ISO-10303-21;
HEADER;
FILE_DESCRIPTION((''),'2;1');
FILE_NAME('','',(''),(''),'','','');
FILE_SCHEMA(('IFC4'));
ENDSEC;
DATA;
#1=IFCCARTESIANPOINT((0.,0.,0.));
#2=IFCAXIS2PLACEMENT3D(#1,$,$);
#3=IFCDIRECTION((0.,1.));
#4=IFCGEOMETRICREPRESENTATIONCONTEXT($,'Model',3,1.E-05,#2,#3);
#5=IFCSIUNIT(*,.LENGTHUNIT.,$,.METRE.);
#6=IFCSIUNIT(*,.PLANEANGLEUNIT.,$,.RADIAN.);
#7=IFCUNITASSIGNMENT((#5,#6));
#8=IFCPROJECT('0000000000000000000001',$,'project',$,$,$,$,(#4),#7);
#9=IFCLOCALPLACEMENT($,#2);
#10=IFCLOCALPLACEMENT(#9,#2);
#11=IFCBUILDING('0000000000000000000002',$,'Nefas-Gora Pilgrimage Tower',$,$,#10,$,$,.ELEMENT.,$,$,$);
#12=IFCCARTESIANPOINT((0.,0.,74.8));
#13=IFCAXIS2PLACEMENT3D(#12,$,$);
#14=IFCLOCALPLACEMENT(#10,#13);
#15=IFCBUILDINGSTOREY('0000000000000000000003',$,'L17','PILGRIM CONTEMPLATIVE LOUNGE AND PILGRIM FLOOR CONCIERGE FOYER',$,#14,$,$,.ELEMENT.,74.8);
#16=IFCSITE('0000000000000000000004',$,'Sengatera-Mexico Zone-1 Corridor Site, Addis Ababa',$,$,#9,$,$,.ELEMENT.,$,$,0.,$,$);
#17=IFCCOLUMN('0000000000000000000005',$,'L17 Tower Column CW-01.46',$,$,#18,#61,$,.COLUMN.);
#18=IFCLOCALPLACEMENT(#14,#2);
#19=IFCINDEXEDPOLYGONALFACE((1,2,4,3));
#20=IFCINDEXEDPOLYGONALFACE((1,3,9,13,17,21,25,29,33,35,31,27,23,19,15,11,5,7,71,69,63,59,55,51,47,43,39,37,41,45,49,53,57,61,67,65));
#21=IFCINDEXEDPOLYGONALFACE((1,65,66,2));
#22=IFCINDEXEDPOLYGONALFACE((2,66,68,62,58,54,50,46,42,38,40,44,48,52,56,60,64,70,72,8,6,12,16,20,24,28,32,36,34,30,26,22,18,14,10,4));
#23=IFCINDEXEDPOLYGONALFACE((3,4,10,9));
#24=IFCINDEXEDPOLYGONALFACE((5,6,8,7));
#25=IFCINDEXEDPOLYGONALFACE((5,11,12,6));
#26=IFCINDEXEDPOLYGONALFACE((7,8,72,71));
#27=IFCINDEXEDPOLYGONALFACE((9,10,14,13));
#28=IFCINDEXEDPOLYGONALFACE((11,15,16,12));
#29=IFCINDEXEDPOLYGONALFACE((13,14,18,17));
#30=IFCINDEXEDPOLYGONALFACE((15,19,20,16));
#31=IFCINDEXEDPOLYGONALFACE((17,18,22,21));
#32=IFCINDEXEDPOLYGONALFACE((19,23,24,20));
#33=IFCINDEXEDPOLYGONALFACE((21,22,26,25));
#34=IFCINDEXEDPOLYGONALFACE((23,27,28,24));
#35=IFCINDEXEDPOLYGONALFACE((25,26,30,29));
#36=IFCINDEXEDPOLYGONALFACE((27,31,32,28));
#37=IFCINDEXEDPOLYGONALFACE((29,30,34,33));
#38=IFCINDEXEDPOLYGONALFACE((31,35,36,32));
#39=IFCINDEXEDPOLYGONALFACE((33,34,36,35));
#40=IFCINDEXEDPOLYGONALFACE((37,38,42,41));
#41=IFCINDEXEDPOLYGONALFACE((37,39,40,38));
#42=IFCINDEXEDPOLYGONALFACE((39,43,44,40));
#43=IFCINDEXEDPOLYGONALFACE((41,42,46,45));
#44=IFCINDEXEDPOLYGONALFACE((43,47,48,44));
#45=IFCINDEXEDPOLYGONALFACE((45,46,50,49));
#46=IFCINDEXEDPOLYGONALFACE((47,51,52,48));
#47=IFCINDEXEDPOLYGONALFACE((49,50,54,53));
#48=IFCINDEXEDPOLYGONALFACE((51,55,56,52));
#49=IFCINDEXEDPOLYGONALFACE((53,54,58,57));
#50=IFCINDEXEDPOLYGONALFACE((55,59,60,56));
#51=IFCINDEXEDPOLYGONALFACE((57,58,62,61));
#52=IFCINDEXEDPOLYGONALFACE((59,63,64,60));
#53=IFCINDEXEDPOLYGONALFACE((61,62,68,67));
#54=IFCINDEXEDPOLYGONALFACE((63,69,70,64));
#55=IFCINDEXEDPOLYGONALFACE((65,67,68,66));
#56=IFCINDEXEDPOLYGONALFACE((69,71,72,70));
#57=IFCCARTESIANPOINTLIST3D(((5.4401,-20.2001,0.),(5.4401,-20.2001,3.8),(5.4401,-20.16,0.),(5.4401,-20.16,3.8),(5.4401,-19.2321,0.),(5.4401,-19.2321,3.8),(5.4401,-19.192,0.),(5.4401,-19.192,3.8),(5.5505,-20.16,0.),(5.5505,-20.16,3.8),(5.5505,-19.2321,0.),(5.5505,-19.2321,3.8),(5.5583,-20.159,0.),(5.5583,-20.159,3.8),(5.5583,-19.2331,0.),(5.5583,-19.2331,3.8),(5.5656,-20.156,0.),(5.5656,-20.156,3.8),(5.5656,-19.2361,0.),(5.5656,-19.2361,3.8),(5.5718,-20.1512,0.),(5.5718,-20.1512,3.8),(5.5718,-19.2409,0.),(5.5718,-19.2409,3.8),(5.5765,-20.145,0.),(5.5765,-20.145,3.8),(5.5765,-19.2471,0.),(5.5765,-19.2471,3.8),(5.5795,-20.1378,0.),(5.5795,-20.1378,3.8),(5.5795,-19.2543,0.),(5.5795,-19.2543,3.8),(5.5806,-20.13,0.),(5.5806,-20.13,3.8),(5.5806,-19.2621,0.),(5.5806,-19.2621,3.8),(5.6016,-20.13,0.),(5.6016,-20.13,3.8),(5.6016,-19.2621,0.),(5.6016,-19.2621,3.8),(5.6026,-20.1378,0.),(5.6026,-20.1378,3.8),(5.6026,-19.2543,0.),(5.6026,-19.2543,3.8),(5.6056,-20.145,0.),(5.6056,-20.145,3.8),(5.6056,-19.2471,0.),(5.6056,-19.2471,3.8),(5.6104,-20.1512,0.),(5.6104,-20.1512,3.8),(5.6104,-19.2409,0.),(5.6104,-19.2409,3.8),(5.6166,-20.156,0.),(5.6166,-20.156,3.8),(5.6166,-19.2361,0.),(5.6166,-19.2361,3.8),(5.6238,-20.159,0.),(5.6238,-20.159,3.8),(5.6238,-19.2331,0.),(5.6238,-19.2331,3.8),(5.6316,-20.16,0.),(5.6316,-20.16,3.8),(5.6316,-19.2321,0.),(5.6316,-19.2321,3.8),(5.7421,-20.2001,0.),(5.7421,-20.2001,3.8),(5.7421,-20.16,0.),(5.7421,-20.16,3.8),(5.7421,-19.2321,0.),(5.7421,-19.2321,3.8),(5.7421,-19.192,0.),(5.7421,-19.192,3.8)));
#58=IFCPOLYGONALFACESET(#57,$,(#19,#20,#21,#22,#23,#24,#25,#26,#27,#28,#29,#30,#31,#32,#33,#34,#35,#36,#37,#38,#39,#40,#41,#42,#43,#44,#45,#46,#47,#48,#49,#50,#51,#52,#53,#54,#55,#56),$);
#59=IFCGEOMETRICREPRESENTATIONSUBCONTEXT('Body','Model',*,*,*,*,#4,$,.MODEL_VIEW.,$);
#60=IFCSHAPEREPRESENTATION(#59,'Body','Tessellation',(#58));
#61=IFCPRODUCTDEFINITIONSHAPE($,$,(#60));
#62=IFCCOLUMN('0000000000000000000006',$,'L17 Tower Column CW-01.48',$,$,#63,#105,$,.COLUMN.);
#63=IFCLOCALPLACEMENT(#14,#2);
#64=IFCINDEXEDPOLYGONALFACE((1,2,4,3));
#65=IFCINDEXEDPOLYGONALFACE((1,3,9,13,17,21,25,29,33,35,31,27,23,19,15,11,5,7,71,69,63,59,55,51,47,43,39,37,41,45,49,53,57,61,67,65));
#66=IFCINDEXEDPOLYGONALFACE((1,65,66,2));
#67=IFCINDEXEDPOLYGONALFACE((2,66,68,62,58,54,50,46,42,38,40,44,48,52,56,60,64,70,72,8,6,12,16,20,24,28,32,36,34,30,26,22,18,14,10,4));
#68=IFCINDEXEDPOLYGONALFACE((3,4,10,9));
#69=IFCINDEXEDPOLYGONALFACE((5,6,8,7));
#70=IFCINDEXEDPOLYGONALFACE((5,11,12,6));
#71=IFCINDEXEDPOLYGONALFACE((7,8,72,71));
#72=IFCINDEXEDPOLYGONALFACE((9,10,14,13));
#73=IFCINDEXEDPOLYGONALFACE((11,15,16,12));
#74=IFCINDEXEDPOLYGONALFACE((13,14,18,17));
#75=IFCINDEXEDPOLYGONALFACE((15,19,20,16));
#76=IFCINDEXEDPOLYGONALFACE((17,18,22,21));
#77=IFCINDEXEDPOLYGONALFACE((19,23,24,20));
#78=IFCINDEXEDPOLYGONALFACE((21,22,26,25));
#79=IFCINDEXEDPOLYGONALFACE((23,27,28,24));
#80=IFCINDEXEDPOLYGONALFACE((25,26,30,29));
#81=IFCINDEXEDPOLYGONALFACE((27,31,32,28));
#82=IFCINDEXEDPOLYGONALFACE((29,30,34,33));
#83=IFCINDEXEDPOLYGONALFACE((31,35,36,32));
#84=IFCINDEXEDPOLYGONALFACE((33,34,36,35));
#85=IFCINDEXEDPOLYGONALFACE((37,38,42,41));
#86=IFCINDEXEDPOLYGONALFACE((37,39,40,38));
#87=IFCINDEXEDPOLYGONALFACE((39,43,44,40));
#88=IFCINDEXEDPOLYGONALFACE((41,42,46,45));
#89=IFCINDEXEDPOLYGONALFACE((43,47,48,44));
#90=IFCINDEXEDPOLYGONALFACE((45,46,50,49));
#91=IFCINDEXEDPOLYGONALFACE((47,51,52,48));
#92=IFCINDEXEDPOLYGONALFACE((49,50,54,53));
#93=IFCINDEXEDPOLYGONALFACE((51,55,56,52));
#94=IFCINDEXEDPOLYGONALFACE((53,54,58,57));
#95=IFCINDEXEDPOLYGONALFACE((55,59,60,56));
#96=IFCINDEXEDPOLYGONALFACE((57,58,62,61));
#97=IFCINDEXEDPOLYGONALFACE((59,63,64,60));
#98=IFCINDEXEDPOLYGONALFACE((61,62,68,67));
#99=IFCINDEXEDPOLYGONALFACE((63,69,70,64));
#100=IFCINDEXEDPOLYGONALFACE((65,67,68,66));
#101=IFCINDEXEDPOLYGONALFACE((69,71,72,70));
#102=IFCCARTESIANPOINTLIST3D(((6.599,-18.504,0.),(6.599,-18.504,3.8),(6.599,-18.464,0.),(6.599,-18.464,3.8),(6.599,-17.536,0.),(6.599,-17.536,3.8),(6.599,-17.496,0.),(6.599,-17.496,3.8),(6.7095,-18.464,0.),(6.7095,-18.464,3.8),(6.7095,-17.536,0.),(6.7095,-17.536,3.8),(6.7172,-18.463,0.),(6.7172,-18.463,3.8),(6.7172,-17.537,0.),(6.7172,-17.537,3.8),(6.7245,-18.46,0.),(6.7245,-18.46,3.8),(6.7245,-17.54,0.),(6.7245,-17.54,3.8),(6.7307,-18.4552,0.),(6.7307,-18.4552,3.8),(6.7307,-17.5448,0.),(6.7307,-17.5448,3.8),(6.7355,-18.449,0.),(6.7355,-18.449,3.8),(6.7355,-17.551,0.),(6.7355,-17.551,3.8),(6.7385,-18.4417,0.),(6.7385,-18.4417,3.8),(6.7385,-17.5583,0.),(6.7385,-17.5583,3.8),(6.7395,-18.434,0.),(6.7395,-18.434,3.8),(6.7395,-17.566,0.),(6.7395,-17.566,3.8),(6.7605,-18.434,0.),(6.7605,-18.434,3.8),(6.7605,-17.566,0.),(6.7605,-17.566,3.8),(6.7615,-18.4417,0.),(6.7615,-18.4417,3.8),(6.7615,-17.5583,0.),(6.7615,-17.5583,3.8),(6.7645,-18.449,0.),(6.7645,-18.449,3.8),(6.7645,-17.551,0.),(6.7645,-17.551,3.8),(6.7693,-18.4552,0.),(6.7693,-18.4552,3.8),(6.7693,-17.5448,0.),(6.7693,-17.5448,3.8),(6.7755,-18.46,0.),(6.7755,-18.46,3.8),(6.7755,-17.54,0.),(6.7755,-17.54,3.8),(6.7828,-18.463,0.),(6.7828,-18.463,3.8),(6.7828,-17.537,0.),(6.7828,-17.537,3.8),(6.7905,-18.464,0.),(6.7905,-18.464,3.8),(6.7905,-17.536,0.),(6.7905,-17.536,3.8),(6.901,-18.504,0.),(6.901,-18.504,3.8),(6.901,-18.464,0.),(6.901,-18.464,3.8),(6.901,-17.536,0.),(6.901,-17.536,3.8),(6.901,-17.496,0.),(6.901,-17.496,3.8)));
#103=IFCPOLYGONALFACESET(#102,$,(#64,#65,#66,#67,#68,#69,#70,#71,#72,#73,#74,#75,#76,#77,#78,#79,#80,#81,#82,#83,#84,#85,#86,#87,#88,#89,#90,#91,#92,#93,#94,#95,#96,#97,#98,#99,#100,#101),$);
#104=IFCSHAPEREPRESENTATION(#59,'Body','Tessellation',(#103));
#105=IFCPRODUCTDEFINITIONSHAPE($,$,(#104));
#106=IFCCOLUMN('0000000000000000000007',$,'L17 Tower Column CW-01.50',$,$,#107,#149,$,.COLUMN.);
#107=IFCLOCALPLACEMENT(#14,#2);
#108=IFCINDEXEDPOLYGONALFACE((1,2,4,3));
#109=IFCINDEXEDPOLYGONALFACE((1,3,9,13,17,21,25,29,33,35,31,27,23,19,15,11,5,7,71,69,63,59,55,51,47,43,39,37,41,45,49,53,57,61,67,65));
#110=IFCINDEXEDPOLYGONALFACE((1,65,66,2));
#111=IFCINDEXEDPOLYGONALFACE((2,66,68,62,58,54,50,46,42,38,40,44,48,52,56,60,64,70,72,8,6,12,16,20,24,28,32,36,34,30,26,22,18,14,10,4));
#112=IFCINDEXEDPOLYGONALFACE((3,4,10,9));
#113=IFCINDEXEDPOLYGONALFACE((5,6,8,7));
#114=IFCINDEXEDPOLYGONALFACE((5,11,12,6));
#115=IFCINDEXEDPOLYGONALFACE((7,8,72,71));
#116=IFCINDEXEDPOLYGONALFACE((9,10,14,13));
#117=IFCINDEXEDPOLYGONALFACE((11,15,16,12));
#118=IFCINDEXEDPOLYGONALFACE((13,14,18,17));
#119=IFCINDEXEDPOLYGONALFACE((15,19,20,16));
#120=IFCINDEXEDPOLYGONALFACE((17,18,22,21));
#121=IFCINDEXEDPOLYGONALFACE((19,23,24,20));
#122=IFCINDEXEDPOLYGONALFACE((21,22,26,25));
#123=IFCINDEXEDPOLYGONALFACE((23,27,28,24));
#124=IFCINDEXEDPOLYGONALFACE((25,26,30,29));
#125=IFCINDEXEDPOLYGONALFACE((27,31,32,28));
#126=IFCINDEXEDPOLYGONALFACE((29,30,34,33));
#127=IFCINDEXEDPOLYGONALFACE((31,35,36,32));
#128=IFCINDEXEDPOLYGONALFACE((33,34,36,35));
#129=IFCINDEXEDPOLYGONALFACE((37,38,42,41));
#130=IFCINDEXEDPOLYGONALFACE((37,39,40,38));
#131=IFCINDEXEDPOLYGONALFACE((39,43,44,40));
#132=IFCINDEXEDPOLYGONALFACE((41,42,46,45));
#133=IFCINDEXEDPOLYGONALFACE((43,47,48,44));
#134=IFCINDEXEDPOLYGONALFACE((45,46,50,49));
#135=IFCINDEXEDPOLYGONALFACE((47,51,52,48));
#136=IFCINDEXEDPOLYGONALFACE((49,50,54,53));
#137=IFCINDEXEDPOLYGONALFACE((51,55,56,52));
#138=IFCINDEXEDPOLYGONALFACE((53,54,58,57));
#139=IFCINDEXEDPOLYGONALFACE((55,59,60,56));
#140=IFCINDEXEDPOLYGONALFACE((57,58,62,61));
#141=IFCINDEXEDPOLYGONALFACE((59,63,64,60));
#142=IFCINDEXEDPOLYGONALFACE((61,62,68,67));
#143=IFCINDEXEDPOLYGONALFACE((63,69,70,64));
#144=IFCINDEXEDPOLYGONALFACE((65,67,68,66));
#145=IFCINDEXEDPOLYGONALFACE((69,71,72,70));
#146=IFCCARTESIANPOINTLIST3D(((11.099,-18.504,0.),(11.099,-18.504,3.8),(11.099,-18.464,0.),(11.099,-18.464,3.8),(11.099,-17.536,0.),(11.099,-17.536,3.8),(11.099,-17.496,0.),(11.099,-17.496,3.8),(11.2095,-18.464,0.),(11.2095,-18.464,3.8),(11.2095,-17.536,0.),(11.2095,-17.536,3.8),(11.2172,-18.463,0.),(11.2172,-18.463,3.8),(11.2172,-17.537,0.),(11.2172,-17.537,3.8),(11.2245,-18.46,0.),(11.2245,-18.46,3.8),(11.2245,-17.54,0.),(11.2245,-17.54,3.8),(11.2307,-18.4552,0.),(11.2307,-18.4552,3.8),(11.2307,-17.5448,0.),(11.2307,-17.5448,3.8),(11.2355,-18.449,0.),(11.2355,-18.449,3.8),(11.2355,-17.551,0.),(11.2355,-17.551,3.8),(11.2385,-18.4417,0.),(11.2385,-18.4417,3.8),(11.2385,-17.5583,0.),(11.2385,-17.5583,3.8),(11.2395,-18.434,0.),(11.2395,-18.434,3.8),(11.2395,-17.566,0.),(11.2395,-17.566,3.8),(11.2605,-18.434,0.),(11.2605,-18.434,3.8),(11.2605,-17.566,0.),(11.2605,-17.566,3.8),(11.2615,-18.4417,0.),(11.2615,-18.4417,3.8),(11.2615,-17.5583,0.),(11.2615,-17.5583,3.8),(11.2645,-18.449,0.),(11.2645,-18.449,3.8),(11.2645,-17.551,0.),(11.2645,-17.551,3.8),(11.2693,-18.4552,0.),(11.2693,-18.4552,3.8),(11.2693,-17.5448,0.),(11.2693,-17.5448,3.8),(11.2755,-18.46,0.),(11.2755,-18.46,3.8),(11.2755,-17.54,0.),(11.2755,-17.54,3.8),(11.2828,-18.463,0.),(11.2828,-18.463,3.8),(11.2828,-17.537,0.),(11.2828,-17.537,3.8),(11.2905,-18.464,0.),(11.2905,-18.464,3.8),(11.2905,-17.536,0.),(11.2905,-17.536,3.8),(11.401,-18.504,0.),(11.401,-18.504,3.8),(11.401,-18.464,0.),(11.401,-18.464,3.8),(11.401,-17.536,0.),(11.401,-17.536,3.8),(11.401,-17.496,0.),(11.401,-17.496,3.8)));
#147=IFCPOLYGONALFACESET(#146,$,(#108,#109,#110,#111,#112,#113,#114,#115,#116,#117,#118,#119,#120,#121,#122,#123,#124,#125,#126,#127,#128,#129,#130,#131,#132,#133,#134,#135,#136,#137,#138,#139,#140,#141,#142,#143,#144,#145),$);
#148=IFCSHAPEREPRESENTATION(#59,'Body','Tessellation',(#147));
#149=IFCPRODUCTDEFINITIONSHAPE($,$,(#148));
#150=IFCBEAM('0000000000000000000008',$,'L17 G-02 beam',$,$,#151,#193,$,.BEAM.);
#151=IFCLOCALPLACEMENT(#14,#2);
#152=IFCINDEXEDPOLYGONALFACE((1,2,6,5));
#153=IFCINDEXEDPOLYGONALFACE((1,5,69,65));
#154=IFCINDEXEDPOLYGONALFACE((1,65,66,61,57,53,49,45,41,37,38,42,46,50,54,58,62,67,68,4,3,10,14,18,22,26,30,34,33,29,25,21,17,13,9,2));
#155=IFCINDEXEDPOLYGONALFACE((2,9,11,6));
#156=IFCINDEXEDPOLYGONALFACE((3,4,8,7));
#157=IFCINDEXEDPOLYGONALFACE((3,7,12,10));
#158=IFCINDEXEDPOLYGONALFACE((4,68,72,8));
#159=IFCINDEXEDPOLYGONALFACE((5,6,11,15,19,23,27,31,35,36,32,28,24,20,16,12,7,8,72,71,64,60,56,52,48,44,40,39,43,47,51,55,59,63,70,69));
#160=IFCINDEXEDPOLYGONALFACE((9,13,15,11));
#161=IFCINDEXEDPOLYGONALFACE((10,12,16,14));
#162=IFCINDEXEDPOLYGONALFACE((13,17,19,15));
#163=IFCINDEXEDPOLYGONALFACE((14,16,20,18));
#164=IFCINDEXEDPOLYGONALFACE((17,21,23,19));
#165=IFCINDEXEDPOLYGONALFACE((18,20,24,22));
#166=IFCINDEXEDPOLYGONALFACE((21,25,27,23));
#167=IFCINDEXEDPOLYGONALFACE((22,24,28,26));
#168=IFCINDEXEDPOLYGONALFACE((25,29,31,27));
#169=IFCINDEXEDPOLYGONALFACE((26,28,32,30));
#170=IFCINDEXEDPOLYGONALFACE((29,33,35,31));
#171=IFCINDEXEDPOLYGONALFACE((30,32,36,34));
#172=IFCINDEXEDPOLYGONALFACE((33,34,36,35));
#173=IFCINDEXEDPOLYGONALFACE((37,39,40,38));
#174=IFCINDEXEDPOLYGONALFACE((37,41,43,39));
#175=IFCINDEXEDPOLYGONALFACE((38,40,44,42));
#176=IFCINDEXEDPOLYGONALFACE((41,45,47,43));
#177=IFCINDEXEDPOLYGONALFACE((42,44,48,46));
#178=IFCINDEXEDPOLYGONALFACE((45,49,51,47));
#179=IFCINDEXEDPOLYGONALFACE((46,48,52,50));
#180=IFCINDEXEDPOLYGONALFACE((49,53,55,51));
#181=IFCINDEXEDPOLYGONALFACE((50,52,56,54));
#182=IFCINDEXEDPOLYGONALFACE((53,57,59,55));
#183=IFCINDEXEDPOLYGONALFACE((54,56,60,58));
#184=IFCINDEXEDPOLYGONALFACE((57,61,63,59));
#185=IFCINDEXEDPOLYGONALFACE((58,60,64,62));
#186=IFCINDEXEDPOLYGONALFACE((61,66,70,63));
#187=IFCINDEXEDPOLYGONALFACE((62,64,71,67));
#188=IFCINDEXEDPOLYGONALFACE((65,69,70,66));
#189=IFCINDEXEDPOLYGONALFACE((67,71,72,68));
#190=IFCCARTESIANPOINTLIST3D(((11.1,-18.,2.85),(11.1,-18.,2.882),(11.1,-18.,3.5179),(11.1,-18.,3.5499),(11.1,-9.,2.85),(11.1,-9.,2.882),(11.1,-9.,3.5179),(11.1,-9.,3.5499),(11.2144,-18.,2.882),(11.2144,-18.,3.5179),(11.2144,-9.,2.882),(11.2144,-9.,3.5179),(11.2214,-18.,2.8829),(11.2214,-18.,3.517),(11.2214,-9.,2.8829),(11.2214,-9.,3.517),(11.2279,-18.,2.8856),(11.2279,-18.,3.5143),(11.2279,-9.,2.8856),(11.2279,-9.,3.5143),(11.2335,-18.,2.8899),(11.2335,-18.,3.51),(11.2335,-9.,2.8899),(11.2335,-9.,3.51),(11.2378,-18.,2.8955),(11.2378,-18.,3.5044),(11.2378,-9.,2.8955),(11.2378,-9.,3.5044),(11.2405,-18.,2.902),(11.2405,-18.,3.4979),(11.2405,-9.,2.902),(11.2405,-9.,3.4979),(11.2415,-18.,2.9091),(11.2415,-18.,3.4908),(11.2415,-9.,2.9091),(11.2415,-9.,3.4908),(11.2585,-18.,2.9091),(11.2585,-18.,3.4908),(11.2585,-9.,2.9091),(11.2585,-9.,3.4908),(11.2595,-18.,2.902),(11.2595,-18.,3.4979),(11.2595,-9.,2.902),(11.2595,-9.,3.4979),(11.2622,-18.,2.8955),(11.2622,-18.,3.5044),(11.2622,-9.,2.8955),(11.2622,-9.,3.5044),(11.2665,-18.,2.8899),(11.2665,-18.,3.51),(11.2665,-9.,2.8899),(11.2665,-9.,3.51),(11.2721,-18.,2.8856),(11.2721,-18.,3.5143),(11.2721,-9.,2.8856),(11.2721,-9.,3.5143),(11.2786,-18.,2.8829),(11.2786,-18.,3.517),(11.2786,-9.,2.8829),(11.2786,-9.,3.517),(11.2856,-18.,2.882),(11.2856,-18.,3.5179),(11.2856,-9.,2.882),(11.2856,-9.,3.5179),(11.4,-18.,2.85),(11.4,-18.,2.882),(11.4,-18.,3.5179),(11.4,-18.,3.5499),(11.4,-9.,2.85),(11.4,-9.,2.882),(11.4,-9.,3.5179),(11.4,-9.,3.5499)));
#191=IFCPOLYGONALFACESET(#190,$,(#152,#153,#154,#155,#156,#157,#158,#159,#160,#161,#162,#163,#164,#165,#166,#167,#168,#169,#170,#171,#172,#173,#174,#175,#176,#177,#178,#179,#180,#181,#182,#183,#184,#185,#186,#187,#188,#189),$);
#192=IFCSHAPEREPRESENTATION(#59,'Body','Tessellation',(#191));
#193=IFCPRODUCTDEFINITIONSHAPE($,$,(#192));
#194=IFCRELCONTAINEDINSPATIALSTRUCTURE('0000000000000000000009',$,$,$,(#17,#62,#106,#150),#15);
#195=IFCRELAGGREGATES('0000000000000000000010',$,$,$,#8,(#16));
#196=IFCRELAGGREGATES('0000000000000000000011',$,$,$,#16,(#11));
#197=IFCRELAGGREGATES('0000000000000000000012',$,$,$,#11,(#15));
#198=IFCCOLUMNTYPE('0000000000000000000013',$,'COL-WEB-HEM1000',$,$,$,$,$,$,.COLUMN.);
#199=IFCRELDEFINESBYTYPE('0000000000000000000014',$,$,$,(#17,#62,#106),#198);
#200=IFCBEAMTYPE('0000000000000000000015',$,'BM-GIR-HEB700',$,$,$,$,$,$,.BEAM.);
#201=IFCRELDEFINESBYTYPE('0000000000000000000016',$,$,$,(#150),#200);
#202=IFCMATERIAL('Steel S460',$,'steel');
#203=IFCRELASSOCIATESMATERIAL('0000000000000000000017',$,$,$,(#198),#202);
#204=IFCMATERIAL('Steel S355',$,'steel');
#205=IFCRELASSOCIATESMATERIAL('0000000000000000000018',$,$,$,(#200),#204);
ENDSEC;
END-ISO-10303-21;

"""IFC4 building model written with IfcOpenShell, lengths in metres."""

from ifc_helpers import new_model, si_unit, direction, frame, origin, origin_2d, place, context, subcontext, project, spatial, i_section, extrude, source, transform, mapped, material, material_profile, profile_set, type_object, element, save


model = new_model("IFC4")

# Units and contexts
model_context = context("Model", 3, precision=1e-05, world=origin(), true_north=direction((0.0, 1.0)))
body_context = subcontext(model_context, "Body", "Model", "MODEL_VIEW")
ifc_project = project(units=[si_unit("LENGTHUNIT", "METRE"), si_unit("PLANEANGLEUNIT", "RADIAN")], contexts=[model_context])

# Site, building, storey
site_placement = place(None, origin())
site = spatial("IfcSite", under=ifc_project, at=site_placement, Name="Sengatera-Mexico Zone-1 Corridor Site, Addis Ababa", CompositionType="ELEMENT", RefElevation=0.0)
building_placement = place(site_placement, origin())
building = spatial("IfcBuilding", under=site, at=building_placement, Name="Nefas-Gora Pilgrimage Tower", CompositionType="ELEMENT")
storey_placement = place(building_placement, frame((0.0, 0.0, 74.8)))
storey = spatial("IfcBuildingStorey", under=building, at=storey_placement, Name="L17", Description="PILGRIM CONTEMPLATIVE LOUNGE AND PILGRIM FLOOR CONCIERGE FOYER", CompositionType="ELEMENT", Elevation=74.8)

# Columns
ifc_material_1 = material(Name="Steel S460", Category="steel")
ifc_material_profile_1 = material_profile(ifc_material_1, i_section(OverallWidth=0.302, OverallDepth=1.0081, WebThickness=0.021, FlangeThickness=0.04, FilletRadius=0.03, at=origin_2d()), Name="HEM 1000")
ifc_profile_set_1 = profile_set([ifc_material_profile_1], Name="Steel S460")
column_type_1 = type_object("IfcColumnType", Name="COL-WEB-HEM1000", PredefinedType="COLUMN", material=ifc_profile_set_1)
shared_shape_1 = source(origin(), body_context, "Body", "SweptSolid", [
    extrude(i_section(OverallWidth=0.302, OverallDepth=1.0081, WebThickness=0.021, FlangeThickness=0.04, FilletRadius=0.03, at=origin_2d()), origin(), (0.0, 0.0, 1.0), 3.8),
])
for number, where, z_axis, x_axis, name in (
    (1, (5.5911, -19.696, 0.0), (0.0, 0.0, 1.0), (1.0, 0.0, 0.0), "L17 Tower Column CW-01.46"),
    (2, (6.75, -18.0, 0.0), (0.0, 0.0, 1.0), (1.0, 0.0, 0.0), "L17 Tower Column CW-01.48"),
    (3, (11.25, -18.0, 0.0), (0.0, 0.0, 1.0), (1.0, 0.0, 0.0), "L17 Tower Column CW-01.50"),
):
    element("IfcColumn", number, at=place(storey_placement, frame(where, z_axis=z_axis, x_axis=x_axis)), inside=storey, type_object=column_type_1, Name=name, PredefinedType="COLUMN", context=body_context, shape_type="MappedRepresentation", body=[
        mapped(shared_shape_1, transform((0.0, 0.0, 0.0), x_axis=(1.0, 0.0, 0.0), y_axis=(0.0, 1.0, 0.0), z_axis=(0.0, 0.0, 1.0), scale=1.0)),
    ])

# Beam
ifc_material_2 = material(Name="Steel S355", Category="steel")
ifc_material_profile_2 = material_profile(ifc_material_2, i_section(OverallWidth=0.3, OverallDepth=0.7, WebThickness=0.0171, FlangeThickness=0.032, FilletRadius=0.0271, at=origin_2d()), Name="HEB 700")
ifc_profile_set_2 = profile_set([ifc_material_profile_2], Name="Steel S355")
beam_type_1 = type_object("IfcBeamType", Name="BM-GIR-HEB700", PredefinedType="BEAM", material=ifc_profile_set_2)
shared_shape_2 = source(origin(), body_context, "Body", "SweptSolid", [
    extrude(i_section(OverallWidth=0.3, OverallDepth=0.7, WebThickness=0.0171, FlangeThickness=0.032, FilletRadius=0.0271, at=origin_2d()), origin(), (0.0, 0.0, 1.0), 9.0),
])
beam_1_placement = place(storey_placement, frame((11.25, -18.0, 3.2), z_axis=(0.0, 1.0, 0.0), x_axis=(-1.0, 0.0, 0.0)))
element("IfcBeam", 4, at=beam_1_placement, inside=storey, type_object=beam_type_1, Name="L17 G-02 beam", PredefinedType="BEAM", context=body_context, shape_type="MappedRepresentation", body=[
    mapped(shared_shape_2, transform((0.0, 0.0, 0.0), x_axis=(1.0, 0.0, 0.0), y_axis=(0.0, 1.0, 0.0), z_axis=(0.0, 0.0, 1.0), scale=1.0)),
])

save(model, "model.ifc")
